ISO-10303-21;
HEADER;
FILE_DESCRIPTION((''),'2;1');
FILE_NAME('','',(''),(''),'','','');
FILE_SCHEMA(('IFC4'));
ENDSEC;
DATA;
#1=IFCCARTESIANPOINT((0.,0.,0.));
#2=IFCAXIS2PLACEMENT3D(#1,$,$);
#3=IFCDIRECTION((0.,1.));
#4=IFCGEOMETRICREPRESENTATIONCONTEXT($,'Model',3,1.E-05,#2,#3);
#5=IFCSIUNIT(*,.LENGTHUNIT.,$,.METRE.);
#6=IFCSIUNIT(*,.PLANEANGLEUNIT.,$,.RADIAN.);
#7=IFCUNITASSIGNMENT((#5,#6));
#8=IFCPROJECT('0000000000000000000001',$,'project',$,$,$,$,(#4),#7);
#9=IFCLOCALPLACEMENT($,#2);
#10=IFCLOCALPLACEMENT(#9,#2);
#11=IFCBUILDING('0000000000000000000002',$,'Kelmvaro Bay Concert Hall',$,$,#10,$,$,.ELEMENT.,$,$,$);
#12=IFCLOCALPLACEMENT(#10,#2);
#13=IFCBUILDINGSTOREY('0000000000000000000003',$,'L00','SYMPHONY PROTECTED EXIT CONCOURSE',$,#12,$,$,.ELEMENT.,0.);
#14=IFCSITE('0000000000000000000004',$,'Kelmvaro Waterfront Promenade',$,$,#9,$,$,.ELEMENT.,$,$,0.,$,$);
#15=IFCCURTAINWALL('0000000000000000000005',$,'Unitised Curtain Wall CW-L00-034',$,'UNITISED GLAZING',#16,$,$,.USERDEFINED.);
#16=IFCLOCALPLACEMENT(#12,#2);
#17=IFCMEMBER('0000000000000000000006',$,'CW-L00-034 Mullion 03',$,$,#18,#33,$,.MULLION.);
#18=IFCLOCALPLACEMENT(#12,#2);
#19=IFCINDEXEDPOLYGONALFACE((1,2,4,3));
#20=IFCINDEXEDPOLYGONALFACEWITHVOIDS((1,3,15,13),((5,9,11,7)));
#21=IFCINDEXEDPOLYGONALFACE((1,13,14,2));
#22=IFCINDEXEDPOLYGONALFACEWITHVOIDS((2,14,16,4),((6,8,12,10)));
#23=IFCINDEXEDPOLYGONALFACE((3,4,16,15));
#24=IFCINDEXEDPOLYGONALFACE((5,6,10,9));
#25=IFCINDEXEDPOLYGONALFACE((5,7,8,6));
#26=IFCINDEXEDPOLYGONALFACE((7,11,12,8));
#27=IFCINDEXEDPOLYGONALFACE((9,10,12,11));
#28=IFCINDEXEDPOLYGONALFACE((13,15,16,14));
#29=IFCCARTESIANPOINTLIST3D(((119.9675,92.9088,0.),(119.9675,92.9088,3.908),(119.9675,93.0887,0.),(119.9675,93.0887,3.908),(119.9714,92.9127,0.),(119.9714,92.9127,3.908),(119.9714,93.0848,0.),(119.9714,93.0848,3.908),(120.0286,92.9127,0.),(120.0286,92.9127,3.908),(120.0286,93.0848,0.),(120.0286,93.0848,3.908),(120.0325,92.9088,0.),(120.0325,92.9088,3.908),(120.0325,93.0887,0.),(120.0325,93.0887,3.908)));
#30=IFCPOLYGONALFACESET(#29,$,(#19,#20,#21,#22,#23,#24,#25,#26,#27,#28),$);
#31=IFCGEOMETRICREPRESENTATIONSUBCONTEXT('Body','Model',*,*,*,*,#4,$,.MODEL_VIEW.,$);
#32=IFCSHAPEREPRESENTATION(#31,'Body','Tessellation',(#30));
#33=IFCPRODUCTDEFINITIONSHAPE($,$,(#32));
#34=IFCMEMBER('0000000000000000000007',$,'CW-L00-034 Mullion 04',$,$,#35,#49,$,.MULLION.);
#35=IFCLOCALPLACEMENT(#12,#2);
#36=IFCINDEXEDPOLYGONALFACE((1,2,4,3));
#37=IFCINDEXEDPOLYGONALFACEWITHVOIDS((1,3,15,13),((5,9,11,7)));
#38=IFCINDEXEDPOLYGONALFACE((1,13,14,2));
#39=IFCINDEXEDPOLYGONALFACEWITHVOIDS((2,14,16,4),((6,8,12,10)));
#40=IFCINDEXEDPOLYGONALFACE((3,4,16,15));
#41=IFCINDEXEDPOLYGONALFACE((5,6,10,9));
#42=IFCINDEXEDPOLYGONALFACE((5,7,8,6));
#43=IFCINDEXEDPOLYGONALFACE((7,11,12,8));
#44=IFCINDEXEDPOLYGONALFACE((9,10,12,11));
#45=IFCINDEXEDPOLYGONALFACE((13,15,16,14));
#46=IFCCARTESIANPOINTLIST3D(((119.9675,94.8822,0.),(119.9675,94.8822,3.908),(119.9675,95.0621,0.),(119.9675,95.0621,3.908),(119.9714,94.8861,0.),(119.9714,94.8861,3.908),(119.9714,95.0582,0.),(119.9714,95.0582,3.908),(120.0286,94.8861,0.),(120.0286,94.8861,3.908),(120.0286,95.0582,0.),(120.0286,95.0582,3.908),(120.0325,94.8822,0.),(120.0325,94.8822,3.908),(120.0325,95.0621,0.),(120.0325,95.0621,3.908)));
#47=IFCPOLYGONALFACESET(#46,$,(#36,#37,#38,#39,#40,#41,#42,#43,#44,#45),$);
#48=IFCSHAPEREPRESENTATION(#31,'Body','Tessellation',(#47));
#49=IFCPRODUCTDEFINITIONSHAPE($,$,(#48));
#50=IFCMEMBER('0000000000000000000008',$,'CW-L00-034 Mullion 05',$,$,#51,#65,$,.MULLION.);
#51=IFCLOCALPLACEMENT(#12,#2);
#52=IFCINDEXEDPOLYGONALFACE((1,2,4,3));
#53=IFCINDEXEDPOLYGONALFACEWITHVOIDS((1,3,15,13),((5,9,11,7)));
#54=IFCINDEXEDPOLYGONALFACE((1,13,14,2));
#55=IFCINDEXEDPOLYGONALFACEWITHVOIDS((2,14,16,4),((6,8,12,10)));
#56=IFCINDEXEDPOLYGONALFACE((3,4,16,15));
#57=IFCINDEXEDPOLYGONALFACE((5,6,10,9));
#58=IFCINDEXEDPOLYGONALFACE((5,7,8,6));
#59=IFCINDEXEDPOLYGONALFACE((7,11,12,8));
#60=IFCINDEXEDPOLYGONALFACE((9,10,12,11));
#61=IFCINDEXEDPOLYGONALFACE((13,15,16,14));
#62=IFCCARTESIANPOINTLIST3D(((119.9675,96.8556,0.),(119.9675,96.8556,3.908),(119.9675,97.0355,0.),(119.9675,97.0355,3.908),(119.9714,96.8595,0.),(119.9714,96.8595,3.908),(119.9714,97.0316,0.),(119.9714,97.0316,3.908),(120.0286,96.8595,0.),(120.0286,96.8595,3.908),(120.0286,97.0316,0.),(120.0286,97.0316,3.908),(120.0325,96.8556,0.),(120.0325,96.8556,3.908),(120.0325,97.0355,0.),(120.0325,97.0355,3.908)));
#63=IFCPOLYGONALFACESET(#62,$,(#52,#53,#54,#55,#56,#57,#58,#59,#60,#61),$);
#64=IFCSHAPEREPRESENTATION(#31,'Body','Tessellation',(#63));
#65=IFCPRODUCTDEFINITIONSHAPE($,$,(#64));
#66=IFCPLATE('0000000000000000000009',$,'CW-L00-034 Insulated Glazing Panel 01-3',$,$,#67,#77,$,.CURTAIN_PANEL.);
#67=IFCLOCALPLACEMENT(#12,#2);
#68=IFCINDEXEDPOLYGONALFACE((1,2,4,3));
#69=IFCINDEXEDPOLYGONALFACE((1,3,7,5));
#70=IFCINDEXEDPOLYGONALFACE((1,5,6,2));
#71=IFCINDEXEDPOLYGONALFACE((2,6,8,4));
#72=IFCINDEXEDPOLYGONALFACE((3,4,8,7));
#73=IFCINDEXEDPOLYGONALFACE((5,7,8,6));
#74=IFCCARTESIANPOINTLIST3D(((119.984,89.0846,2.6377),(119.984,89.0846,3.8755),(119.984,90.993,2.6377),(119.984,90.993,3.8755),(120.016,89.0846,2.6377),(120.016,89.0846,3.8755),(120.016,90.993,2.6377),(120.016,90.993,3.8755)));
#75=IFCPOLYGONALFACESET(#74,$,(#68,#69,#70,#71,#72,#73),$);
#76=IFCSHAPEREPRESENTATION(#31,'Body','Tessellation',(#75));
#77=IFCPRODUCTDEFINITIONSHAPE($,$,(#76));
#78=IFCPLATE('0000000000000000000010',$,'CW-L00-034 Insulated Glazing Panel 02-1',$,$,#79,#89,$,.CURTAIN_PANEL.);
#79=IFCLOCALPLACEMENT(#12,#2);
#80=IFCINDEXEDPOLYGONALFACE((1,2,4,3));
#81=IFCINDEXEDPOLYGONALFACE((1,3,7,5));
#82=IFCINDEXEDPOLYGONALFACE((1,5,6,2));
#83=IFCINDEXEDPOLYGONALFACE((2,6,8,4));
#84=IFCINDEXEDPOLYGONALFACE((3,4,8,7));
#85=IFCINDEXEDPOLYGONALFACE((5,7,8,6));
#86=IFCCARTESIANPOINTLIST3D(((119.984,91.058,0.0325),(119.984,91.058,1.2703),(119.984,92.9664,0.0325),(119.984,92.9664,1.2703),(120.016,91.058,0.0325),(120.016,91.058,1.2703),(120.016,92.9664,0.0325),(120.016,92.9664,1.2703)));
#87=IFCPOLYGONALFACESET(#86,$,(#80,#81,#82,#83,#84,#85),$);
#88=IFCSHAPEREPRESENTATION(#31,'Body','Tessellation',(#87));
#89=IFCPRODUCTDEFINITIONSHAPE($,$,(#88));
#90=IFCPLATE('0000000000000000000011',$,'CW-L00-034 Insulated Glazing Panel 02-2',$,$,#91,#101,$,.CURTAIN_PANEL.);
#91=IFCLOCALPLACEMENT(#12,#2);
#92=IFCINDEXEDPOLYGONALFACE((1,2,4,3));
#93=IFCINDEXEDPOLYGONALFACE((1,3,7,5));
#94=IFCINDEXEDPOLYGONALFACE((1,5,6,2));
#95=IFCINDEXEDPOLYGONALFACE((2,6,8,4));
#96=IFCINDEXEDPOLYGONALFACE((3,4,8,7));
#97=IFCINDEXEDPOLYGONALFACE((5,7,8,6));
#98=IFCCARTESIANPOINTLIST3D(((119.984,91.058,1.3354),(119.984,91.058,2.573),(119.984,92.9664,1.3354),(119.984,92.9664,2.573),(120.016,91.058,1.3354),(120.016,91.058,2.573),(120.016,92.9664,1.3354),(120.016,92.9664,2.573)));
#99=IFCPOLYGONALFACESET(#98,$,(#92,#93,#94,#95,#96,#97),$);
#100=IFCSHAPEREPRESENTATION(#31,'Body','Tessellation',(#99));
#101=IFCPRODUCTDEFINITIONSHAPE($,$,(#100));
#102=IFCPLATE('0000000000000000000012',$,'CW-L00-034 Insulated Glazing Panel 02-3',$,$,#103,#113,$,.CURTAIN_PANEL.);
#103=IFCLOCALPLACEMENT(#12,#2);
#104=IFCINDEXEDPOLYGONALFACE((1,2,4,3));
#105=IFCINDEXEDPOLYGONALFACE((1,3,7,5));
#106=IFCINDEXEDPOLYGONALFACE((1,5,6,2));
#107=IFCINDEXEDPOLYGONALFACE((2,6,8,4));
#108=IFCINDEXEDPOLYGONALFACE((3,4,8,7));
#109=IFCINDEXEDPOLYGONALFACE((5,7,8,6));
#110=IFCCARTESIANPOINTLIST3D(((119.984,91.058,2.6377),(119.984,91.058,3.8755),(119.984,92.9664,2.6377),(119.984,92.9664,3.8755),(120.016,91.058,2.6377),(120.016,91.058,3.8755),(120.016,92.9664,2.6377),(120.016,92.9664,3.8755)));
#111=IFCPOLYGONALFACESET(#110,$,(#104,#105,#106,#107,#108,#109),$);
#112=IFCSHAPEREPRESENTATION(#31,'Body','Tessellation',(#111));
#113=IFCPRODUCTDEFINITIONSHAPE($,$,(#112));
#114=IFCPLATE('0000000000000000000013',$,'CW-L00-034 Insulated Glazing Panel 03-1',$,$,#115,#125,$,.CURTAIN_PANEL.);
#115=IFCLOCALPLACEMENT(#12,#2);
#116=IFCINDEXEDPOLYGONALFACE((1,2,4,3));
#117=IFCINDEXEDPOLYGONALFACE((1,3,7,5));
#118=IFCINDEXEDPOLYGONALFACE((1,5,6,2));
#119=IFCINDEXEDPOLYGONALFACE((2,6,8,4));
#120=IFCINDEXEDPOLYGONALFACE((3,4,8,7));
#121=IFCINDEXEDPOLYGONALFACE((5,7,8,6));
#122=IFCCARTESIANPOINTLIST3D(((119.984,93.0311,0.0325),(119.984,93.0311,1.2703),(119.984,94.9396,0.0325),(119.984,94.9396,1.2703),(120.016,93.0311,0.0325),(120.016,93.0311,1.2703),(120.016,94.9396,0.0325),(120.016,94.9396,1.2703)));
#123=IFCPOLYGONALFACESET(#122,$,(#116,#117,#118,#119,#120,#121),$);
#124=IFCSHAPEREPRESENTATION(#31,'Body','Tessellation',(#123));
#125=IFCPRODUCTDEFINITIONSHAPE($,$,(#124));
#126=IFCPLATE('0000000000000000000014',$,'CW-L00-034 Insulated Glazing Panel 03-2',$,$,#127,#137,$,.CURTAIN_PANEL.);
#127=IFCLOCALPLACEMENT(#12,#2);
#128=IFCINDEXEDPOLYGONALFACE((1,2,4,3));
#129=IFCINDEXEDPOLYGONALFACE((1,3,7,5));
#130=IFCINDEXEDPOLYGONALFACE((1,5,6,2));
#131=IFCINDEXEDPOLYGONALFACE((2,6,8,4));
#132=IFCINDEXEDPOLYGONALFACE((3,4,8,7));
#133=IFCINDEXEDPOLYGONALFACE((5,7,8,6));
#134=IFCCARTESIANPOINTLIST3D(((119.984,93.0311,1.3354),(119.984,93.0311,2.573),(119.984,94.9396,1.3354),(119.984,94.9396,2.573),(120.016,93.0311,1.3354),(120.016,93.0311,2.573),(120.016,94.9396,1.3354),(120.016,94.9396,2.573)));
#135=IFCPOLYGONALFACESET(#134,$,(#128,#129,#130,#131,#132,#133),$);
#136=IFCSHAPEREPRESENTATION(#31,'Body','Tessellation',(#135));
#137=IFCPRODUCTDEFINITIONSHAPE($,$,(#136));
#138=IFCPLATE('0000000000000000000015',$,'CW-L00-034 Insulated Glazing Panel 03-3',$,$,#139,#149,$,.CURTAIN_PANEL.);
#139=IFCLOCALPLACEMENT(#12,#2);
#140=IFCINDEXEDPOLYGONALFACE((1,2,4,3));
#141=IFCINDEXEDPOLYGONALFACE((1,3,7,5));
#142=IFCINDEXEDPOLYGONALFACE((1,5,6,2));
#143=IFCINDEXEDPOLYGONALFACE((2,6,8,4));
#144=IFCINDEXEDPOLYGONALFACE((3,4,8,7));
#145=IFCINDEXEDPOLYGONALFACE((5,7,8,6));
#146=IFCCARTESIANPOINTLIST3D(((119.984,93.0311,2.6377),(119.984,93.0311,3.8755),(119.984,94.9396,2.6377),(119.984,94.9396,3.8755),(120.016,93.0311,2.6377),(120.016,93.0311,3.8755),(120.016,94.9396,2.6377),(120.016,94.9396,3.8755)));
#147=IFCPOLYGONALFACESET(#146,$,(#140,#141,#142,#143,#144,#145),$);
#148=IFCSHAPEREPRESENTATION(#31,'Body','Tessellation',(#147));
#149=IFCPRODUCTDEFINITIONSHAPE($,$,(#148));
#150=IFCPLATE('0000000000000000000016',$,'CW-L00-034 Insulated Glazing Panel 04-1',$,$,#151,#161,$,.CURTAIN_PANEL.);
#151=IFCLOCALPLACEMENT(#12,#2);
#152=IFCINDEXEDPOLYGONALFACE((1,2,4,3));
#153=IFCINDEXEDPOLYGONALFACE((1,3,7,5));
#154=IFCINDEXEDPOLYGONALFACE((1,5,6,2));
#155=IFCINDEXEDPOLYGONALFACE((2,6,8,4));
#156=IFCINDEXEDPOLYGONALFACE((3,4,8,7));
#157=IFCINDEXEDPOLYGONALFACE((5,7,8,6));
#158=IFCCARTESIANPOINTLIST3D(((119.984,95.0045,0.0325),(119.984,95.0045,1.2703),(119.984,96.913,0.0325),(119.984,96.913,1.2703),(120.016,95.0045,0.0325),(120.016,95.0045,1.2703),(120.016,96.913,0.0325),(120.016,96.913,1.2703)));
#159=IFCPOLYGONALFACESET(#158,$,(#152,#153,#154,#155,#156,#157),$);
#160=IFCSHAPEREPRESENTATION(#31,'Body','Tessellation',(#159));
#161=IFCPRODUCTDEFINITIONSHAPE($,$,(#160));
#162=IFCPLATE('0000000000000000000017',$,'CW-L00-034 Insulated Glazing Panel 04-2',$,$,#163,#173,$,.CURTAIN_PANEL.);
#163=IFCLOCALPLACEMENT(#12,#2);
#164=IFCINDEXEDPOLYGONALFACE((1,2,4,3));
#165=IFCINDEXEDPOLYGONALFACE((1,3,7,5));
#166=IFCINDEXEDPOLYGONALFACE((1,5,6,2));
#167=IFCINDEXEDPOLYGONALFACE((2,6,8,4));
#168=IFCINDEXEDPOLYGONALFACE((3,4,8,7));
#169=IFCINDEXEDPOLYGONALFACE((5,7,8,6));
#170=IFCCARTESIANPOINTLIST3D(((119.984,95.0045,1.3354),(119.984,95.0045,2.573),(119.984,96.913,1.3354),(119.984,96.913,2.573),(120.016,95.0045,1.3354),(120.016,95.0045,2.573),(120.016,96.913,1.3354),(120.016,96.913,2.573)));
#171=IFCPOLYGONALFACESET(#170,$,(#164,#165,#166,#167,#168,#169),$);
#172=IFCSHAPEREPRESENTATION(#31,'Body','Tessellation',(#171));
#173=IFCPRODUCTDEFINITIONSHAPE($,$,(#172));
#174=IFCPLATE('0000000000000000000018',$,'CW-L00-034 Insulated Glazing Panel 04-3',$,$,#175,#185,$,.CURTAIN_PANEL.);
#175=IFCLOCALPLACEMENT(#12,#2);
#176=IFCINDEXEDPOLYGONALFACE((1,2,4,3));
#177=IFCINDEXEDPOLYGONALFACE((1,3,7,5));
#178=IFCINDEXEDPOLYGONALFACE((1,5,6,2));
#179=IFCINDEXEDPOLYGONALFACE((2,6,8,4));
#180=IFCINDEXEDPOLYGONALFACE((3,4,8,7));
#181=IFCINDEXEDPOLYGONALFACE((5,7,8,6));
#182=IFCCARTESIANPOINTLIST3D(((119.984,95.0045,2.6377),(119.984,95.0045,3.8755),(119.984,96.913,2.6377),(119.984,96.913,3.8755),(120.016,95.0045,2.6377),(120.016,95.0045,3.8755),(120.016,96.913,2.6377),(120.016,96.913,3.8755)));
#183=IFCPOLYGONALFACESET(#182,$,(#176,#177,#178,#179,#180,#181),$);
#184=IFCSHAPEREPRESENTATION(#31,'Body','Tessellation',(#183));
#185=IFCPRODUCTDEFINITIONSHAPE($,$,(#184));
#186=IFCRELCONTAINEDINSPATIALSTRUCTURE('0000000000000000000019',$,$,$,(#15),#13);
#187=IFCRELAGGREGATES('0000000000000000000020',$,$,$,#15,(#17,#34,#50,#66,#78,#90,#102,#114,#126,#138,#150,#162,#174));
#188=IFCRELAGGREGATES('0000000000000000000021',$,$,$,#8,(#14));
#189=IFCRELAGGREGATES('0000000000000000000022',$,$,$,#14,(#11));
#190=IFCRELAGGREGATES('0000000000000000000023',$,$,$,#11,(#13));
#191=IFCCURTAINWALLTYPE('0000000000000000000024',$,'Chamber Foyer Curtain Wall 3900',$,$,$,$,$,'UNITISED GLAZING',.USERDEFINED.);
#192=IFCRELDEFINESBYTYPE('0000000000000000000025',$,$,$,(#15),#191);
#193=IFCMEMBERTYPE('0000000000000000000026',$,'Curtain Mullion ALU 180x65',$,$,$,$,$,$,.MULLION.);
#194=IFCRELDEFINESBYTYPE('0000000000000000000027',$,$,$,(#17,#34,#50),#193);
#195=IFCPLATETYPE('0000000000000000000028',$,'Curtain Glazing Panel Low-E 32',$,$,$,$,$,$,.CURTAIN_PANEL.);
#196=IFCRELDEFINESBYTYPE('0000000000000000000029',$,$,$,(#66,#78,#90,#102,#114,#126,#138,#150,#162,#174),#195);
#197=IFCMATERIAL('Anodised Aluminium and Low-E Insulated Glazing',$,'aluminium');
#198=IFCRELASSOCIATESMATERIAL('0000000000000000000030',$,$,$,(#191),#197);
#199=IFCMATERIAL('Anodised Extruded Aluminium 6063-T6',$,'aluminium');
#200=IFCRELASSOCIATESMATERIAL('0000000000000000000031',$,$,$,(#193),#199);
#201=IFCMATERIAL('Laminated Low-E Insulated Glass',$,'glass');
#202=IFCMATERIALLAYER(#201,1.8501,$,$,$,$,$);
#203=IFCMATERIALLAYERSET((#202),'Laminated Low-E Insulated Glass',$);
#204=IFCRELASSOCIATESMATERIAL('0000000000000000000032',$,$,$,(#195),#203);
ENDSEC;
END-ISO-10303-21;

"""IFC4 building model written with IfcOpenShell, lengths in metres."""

from ifc_helpers import new_model, si_unit, direction, frame, origin, origin_2d, place, context, subcontext, project, spatial, rectangle, hollow_rectangle, extrude, material, layer, layer_set, material_profile, profile_set, type_object, element, aggregate, save


model = new_model("IFC4")

# Units and contexts
model_context = context("Model", 3, precision=1e-05, world=origin(), true_north=direction((0.0, 1.0)))
body_context = subcontext(model_context, "Body", "Model", "MODEL_VIEW")
ifc_project = project(units=[si_unit("LENGTHUNIT", "METRE"), si_unit("PLANEANGLEUNIT", "RADIAN")], contexts=[model_context])

# Site, building, storey
site_placement = place(None, origin())
site = spatial("IfcSite", under=ifc_project, at=site_placement, Name="Kelmvaro Waterfront Promenade", CompositionType="ELEMENT", RefElevation=0.0)
building_placement = place(site_placement, origin())
building = spatial("IfcBuilding", under=site, at=building_placement, Name="Kelmvaro Bay Concert Hall", CompositionType="ELEMENT")
storey_placement = place(building_placement, origin())
storey = spatial("IfcBuildingStorey", under=building, at=storey_placement, Name="L00", Description="SYMPHONY PROTECTED EXIT CONCOURSE", CompositionType="ELEMENT", Elevation=0.0)

# Curtain wall, members, plates
ifc_material_1 = material(Name="Anodised Aluminium and Low-E Insulated Glazing", Category="aluminium")
curtain_wall_type = type_object("IfcCurtainWallType", Name="Chamber Foyer Curtain Wall 3900", ElementType="UNITISED GLAZING", PredefinedType="USERDEFINED", material=ifc_material_1)
curtain_wall_placement = place(storey_placement, origin())
curtain_wall = element("IfcCurtainWall", 1, at=curtain_wall_placement, inside=storey, type_object=curtain_wall_type, Name="Unitised Curtain Wall CW-L00-034", ObjectType="UNITISED GLAZING", PredefinedType="USERDEFINED")
ifc_material_2 = material(Name="Anodised Extruded Aluminium 6063-T6", Category="aluminium")
ifc_material_profile_1 = material_profile(ifc_material_2, hollow_rectangle(XDim=0.0649, YDim=0.1799, WallThickness=0.0039, at=origin_2d()), Name="ALU-MUL-180X65")
ifc_profile_set_1 = profile_set([ifc_material_profile_1], Name="Anodised Extruded Aluminium 6063-T6")
member_type = type_object("IfcMemberType", Name="Curtain Mullion ALU 180x65", PredefinedType="MULLION", material=ifc_profile_set_1)
member_1_placement = place(storey_placement, frame((120.0, 92.9988, 0.0), z_axis=(0.0, 0.0, 1.0), x_axis=(1.0, 0.0, 0.0)))
member_1 = element("IfcMember", 2, at=member_1_placement, type_object=member_type, Name="CW-L00-034 Mullion 03", PredefinedType="MULLION", context=body_context, shape_type="SweptSolid", body=[
    extrude(hollow_rectangle(XDim=0.0649, YDim=0.1799, WallThickness=0.0039, at=origin_2d()), origin(), (0.0, 0.0, 1.0), 3.908),
])
member_2_placement = place(storey_placement, frame((120.0, 94.9722, 0.0), z_axis=(0.0, 0.0, 1.0), x_axis=(1.0, 0.0, 0.0)))
member_2 = element("IfcMember", 3, at=member_2_placement, type_object=member_type, Name="CW-L00-034 Mullion 04", PredefinedType="MULLION", context=body_context, shape_type="SweptSolid", body=[
    extrude(hollow_rectangle(XDim=0.0649, YDim=0.1799, WallThickness=0.0039, at=origin_2d()), origin(), (0.0, 0.0, 1.0), 3.908),
])
member_3_placement = place(storey_placement, frame((120.0, 96.9456, 0.0), z_axis=(0.0, 0.0, 1.0), x_axis=(1.0, 0.0, 0.0)))
member_3 = element("IfcMember", 4, at=member_3_placement, type_object=member_type, Name="CW-L00-034 Mullion 05", PredefinedType="MULLION", context=body_context, shape_type="SweptSolid", body=[
    extrude(hollow_rectangle(XDim=0.0649, YDim=0.1799, WallThickness=0.0039, at=origin_2d()), origin(), (0.0, 0.0, 1.0), 3.908),
])
ifc_material_3 = material(Name="Laminated Low-E Insulated Glass", Category="glass")
ifc_layer_1 = layer(ifc_material_3, 1.8501)
ifc_layer_set_1 = layer_set([ifc_layer_1], Name="Laminated Low-E Insulated Glass")
plate_type = type_object("IfcPlateType", Name="Curtain Glazing Panel Low-E 32", PredefinedType="CURTAIN_PANEL", material=ifc_layer_set_1)
plate_1_placement = place(storey_placement, frame((120.0, 90.0388, 2.6377), z_axis=(0.0, 0.0, 1.0), x_axis=(0.0, 1.0, 0.0)))
plate_1 = element("IfcPlate", 5, at=plate_1_placement, type_object=plate_type, Name="CW-L00-034 Insulated Glazing Panel 01-3", PredefinedType="CURTAIN_PANEL", context=body_context, shape_type="SweptSolid", body=[
    extrude(rectangle(XDim=1.9084, YDim=0.032, at=origin_2d()), origin(), (0.0, 0.0, 1.0), 1.2378),
])
plate_2_placement = place(storey_placement, frame((120.0, 92.0122, 0.0325), z_axis=(0.0, 0.0, 1.0), x_axis=(0.0, 1.0, 0.0)))
plate_2 = element("IfcPlate", 6, at=plate_2_placement, type_object=plate_type, Name="CW-L00-034 Insulated Glazing Panel 02-1", PredefinedType="CURTAIN_PANEL", context=body_context, shape_type="SweptSolid", body=[
    extrude(rectangle(XDim=1.9084, YDim=0.032, at=origin_2d()), origin(), (0.0, 0.0, 1.0), 1.2378),
])
plate_3_placement = place(storey_placement, frame((120.0, 92.0122, 1.3354), z_axis=(0.0, 0.0, 1.0), x_axis=(0.0, 1.0, 0.0)))
plate_3 = element("IfcPlate", 7, at=plate_3_placement, type_object=plate_type, Name="CW-L00-034 Insulated Glazing Panel 02-2", PredefinedType="CURTAIN_PANEL", context=body_context, shape_type="SweptSolid", body=[
    extrude(rectangle(XDim=1.9084, YDim=0.032, at=origin_2d()), origin(), (0.0, 0.0, 1.0), 1.2375),
])
plate_4_placement = place(storey_placement, frame((120.0, 92.0122, 2.6377), z_axis=(0.0, 0.0, 1.0), x_axis=(0.0, 1.0, 0.0)))
plate_4 = element("IfcPlate", 8, at=plate_4_placement, type_object=plate_type, Name="CW-L00-034 Insulated Glazing Panel 02-3", PredefinedType="CURTAIN_PANEL", context=body_context, shape_type="SweptSolid", body=[
    extrude(rectangle(XDim=1.9084, YDim=0.032, at=origin_2d()), origin(), (0.0, 0.0, 1.0), 1.2378),
])
plate_5_placement = place(storey_placement, frame((120.0, 93.9854, 0.0325), z_axis=(0.0, 0.0, 1.0), x_axis=(0.0, 1.0, 0.0)))
plate_5 = element("IfcPlate", 9, at=plate_5_placement, type_object=plate_type, Name="CW-L00-034 Insulated Glazing Panel 03-1", PredefinedType="CURTAIN_PANEL", context=body_context, shape_type="SweptSolid", body=[
    extrude(rectangle(XDim=1.9084, YDim=0.032, at=origin_2d()), origin(), (0.0, 0.0, 1.0), 1.2378),
])
plate_6_placement = place(storey_placement, frame((120.0, 93.9854, 1.3354), z_axis=(0.0, 0.0, 1.0), x_axis=(0.0, 1.0, 0.0)))
plate_6 = element("IfcPlate", 10, at=plate_6_placement, type_object=plate_type, Name="CW-L00-034 Insulated Glazing Panel 03-2", PredefinedType="CURTAIN_PANEL", context=body_context, shape_type="SweptSolid", body=[
    extrude(rectangle(XDim=1.9084, YDim=0.032, at=origin_2d()), origin(), (0.0, 0.0, 1.0), 1.2375),
])
plate_7_placement = place(storey_placement, frame((120.0, 93.9854, 2.6377), z_axis=(0.0, 0.0, 1.0), x_axis=(0.0, 1.0, 0.0)))
plate_7 = element("IfcPlate", 11, at=plate_7_placement, type_object=plate_type, Name="CW-L00-034 Insulated Glazing Panel 03-3", PredefinedType="CURTAIN_PANEL", context=body_context, shape_type="SweptSolid", body=[
    extrude(rectangle(XDim=1.9084, YDim=0.032, at=origin_2d()), origin(), (0.0, 0.0, 1.0), 1.2378),
])
plate_8_placement = place(storey_placement, frame((120.0, 95.9587, 0.0325), z_axis=(0.0, 0.0, 1.0), x_axis=(0.0, 1.0, 0.0)))
plate_8 = element("IfcPlate", 12, at=plate_8_placement, type_object=plate_type, Name="CW-L00-034 Insulated Glazing Panel 04-1", PredefinedType="CURTAIN_PANEL", context=body_context, shape_type="SweptSolid", body=[
    extrude(rectangle(XDim=1.9084, YDim=0.032, at=origin_2d()), origin(), (0.0, 0.0, 1.0), 1.2378),
])
plate_9_placement = place(storey_placement, frame((120.0, 95.9587, 1.3354), z_axis=(0.0, 0.0, 1.0), x_axis=(0.0, 1.0, 0.0)))
plate_9 = element("IfcPlate", 13, at=plate_9_placement, type_object=plate_type, Name="CW-L00-034 Insulated Glazing Panel 04-2", PredefinedType="CURTAIN_PANEL", context=body_context, shape_type="SweptSolid", body=[
    extrude(rectangle(XDim=1.9084, YDim=0.032, at=origin_2d()), origin(), (0.0, 0.0, 1.0), 1.2375),
])
plate_10_placement = place(storey_placement, frame((120.0, 95.9587, 2.6377), z_axis=(0.0, 0.0, 1.0), x_axis=(0.0, 1.0, 0.0)))
plate_10 = element("IfcPlate", 14, at=plate_10_placement, type_object=plate_type, Name="CW-L00-034 Insulated Glazing Panel 04-3", PredefinedType="CURTAIN_PANEL", context=body_context, shape_type="SweptSolid", body=[
    extrude(rectangle(XDim=1.9084, YDim=0.032, at=origin_2d()), origin(), (0.0, 0.0, 1.0), 1.2378),
])
aggregate(curtain_wall, [member_1, member_2, member_3, plate_1, plate_2, plate_3, plate_4, plate_5, plate_6, plate_7, plate_8, plate_9, plate_10])

save(model, "model.ifc")
